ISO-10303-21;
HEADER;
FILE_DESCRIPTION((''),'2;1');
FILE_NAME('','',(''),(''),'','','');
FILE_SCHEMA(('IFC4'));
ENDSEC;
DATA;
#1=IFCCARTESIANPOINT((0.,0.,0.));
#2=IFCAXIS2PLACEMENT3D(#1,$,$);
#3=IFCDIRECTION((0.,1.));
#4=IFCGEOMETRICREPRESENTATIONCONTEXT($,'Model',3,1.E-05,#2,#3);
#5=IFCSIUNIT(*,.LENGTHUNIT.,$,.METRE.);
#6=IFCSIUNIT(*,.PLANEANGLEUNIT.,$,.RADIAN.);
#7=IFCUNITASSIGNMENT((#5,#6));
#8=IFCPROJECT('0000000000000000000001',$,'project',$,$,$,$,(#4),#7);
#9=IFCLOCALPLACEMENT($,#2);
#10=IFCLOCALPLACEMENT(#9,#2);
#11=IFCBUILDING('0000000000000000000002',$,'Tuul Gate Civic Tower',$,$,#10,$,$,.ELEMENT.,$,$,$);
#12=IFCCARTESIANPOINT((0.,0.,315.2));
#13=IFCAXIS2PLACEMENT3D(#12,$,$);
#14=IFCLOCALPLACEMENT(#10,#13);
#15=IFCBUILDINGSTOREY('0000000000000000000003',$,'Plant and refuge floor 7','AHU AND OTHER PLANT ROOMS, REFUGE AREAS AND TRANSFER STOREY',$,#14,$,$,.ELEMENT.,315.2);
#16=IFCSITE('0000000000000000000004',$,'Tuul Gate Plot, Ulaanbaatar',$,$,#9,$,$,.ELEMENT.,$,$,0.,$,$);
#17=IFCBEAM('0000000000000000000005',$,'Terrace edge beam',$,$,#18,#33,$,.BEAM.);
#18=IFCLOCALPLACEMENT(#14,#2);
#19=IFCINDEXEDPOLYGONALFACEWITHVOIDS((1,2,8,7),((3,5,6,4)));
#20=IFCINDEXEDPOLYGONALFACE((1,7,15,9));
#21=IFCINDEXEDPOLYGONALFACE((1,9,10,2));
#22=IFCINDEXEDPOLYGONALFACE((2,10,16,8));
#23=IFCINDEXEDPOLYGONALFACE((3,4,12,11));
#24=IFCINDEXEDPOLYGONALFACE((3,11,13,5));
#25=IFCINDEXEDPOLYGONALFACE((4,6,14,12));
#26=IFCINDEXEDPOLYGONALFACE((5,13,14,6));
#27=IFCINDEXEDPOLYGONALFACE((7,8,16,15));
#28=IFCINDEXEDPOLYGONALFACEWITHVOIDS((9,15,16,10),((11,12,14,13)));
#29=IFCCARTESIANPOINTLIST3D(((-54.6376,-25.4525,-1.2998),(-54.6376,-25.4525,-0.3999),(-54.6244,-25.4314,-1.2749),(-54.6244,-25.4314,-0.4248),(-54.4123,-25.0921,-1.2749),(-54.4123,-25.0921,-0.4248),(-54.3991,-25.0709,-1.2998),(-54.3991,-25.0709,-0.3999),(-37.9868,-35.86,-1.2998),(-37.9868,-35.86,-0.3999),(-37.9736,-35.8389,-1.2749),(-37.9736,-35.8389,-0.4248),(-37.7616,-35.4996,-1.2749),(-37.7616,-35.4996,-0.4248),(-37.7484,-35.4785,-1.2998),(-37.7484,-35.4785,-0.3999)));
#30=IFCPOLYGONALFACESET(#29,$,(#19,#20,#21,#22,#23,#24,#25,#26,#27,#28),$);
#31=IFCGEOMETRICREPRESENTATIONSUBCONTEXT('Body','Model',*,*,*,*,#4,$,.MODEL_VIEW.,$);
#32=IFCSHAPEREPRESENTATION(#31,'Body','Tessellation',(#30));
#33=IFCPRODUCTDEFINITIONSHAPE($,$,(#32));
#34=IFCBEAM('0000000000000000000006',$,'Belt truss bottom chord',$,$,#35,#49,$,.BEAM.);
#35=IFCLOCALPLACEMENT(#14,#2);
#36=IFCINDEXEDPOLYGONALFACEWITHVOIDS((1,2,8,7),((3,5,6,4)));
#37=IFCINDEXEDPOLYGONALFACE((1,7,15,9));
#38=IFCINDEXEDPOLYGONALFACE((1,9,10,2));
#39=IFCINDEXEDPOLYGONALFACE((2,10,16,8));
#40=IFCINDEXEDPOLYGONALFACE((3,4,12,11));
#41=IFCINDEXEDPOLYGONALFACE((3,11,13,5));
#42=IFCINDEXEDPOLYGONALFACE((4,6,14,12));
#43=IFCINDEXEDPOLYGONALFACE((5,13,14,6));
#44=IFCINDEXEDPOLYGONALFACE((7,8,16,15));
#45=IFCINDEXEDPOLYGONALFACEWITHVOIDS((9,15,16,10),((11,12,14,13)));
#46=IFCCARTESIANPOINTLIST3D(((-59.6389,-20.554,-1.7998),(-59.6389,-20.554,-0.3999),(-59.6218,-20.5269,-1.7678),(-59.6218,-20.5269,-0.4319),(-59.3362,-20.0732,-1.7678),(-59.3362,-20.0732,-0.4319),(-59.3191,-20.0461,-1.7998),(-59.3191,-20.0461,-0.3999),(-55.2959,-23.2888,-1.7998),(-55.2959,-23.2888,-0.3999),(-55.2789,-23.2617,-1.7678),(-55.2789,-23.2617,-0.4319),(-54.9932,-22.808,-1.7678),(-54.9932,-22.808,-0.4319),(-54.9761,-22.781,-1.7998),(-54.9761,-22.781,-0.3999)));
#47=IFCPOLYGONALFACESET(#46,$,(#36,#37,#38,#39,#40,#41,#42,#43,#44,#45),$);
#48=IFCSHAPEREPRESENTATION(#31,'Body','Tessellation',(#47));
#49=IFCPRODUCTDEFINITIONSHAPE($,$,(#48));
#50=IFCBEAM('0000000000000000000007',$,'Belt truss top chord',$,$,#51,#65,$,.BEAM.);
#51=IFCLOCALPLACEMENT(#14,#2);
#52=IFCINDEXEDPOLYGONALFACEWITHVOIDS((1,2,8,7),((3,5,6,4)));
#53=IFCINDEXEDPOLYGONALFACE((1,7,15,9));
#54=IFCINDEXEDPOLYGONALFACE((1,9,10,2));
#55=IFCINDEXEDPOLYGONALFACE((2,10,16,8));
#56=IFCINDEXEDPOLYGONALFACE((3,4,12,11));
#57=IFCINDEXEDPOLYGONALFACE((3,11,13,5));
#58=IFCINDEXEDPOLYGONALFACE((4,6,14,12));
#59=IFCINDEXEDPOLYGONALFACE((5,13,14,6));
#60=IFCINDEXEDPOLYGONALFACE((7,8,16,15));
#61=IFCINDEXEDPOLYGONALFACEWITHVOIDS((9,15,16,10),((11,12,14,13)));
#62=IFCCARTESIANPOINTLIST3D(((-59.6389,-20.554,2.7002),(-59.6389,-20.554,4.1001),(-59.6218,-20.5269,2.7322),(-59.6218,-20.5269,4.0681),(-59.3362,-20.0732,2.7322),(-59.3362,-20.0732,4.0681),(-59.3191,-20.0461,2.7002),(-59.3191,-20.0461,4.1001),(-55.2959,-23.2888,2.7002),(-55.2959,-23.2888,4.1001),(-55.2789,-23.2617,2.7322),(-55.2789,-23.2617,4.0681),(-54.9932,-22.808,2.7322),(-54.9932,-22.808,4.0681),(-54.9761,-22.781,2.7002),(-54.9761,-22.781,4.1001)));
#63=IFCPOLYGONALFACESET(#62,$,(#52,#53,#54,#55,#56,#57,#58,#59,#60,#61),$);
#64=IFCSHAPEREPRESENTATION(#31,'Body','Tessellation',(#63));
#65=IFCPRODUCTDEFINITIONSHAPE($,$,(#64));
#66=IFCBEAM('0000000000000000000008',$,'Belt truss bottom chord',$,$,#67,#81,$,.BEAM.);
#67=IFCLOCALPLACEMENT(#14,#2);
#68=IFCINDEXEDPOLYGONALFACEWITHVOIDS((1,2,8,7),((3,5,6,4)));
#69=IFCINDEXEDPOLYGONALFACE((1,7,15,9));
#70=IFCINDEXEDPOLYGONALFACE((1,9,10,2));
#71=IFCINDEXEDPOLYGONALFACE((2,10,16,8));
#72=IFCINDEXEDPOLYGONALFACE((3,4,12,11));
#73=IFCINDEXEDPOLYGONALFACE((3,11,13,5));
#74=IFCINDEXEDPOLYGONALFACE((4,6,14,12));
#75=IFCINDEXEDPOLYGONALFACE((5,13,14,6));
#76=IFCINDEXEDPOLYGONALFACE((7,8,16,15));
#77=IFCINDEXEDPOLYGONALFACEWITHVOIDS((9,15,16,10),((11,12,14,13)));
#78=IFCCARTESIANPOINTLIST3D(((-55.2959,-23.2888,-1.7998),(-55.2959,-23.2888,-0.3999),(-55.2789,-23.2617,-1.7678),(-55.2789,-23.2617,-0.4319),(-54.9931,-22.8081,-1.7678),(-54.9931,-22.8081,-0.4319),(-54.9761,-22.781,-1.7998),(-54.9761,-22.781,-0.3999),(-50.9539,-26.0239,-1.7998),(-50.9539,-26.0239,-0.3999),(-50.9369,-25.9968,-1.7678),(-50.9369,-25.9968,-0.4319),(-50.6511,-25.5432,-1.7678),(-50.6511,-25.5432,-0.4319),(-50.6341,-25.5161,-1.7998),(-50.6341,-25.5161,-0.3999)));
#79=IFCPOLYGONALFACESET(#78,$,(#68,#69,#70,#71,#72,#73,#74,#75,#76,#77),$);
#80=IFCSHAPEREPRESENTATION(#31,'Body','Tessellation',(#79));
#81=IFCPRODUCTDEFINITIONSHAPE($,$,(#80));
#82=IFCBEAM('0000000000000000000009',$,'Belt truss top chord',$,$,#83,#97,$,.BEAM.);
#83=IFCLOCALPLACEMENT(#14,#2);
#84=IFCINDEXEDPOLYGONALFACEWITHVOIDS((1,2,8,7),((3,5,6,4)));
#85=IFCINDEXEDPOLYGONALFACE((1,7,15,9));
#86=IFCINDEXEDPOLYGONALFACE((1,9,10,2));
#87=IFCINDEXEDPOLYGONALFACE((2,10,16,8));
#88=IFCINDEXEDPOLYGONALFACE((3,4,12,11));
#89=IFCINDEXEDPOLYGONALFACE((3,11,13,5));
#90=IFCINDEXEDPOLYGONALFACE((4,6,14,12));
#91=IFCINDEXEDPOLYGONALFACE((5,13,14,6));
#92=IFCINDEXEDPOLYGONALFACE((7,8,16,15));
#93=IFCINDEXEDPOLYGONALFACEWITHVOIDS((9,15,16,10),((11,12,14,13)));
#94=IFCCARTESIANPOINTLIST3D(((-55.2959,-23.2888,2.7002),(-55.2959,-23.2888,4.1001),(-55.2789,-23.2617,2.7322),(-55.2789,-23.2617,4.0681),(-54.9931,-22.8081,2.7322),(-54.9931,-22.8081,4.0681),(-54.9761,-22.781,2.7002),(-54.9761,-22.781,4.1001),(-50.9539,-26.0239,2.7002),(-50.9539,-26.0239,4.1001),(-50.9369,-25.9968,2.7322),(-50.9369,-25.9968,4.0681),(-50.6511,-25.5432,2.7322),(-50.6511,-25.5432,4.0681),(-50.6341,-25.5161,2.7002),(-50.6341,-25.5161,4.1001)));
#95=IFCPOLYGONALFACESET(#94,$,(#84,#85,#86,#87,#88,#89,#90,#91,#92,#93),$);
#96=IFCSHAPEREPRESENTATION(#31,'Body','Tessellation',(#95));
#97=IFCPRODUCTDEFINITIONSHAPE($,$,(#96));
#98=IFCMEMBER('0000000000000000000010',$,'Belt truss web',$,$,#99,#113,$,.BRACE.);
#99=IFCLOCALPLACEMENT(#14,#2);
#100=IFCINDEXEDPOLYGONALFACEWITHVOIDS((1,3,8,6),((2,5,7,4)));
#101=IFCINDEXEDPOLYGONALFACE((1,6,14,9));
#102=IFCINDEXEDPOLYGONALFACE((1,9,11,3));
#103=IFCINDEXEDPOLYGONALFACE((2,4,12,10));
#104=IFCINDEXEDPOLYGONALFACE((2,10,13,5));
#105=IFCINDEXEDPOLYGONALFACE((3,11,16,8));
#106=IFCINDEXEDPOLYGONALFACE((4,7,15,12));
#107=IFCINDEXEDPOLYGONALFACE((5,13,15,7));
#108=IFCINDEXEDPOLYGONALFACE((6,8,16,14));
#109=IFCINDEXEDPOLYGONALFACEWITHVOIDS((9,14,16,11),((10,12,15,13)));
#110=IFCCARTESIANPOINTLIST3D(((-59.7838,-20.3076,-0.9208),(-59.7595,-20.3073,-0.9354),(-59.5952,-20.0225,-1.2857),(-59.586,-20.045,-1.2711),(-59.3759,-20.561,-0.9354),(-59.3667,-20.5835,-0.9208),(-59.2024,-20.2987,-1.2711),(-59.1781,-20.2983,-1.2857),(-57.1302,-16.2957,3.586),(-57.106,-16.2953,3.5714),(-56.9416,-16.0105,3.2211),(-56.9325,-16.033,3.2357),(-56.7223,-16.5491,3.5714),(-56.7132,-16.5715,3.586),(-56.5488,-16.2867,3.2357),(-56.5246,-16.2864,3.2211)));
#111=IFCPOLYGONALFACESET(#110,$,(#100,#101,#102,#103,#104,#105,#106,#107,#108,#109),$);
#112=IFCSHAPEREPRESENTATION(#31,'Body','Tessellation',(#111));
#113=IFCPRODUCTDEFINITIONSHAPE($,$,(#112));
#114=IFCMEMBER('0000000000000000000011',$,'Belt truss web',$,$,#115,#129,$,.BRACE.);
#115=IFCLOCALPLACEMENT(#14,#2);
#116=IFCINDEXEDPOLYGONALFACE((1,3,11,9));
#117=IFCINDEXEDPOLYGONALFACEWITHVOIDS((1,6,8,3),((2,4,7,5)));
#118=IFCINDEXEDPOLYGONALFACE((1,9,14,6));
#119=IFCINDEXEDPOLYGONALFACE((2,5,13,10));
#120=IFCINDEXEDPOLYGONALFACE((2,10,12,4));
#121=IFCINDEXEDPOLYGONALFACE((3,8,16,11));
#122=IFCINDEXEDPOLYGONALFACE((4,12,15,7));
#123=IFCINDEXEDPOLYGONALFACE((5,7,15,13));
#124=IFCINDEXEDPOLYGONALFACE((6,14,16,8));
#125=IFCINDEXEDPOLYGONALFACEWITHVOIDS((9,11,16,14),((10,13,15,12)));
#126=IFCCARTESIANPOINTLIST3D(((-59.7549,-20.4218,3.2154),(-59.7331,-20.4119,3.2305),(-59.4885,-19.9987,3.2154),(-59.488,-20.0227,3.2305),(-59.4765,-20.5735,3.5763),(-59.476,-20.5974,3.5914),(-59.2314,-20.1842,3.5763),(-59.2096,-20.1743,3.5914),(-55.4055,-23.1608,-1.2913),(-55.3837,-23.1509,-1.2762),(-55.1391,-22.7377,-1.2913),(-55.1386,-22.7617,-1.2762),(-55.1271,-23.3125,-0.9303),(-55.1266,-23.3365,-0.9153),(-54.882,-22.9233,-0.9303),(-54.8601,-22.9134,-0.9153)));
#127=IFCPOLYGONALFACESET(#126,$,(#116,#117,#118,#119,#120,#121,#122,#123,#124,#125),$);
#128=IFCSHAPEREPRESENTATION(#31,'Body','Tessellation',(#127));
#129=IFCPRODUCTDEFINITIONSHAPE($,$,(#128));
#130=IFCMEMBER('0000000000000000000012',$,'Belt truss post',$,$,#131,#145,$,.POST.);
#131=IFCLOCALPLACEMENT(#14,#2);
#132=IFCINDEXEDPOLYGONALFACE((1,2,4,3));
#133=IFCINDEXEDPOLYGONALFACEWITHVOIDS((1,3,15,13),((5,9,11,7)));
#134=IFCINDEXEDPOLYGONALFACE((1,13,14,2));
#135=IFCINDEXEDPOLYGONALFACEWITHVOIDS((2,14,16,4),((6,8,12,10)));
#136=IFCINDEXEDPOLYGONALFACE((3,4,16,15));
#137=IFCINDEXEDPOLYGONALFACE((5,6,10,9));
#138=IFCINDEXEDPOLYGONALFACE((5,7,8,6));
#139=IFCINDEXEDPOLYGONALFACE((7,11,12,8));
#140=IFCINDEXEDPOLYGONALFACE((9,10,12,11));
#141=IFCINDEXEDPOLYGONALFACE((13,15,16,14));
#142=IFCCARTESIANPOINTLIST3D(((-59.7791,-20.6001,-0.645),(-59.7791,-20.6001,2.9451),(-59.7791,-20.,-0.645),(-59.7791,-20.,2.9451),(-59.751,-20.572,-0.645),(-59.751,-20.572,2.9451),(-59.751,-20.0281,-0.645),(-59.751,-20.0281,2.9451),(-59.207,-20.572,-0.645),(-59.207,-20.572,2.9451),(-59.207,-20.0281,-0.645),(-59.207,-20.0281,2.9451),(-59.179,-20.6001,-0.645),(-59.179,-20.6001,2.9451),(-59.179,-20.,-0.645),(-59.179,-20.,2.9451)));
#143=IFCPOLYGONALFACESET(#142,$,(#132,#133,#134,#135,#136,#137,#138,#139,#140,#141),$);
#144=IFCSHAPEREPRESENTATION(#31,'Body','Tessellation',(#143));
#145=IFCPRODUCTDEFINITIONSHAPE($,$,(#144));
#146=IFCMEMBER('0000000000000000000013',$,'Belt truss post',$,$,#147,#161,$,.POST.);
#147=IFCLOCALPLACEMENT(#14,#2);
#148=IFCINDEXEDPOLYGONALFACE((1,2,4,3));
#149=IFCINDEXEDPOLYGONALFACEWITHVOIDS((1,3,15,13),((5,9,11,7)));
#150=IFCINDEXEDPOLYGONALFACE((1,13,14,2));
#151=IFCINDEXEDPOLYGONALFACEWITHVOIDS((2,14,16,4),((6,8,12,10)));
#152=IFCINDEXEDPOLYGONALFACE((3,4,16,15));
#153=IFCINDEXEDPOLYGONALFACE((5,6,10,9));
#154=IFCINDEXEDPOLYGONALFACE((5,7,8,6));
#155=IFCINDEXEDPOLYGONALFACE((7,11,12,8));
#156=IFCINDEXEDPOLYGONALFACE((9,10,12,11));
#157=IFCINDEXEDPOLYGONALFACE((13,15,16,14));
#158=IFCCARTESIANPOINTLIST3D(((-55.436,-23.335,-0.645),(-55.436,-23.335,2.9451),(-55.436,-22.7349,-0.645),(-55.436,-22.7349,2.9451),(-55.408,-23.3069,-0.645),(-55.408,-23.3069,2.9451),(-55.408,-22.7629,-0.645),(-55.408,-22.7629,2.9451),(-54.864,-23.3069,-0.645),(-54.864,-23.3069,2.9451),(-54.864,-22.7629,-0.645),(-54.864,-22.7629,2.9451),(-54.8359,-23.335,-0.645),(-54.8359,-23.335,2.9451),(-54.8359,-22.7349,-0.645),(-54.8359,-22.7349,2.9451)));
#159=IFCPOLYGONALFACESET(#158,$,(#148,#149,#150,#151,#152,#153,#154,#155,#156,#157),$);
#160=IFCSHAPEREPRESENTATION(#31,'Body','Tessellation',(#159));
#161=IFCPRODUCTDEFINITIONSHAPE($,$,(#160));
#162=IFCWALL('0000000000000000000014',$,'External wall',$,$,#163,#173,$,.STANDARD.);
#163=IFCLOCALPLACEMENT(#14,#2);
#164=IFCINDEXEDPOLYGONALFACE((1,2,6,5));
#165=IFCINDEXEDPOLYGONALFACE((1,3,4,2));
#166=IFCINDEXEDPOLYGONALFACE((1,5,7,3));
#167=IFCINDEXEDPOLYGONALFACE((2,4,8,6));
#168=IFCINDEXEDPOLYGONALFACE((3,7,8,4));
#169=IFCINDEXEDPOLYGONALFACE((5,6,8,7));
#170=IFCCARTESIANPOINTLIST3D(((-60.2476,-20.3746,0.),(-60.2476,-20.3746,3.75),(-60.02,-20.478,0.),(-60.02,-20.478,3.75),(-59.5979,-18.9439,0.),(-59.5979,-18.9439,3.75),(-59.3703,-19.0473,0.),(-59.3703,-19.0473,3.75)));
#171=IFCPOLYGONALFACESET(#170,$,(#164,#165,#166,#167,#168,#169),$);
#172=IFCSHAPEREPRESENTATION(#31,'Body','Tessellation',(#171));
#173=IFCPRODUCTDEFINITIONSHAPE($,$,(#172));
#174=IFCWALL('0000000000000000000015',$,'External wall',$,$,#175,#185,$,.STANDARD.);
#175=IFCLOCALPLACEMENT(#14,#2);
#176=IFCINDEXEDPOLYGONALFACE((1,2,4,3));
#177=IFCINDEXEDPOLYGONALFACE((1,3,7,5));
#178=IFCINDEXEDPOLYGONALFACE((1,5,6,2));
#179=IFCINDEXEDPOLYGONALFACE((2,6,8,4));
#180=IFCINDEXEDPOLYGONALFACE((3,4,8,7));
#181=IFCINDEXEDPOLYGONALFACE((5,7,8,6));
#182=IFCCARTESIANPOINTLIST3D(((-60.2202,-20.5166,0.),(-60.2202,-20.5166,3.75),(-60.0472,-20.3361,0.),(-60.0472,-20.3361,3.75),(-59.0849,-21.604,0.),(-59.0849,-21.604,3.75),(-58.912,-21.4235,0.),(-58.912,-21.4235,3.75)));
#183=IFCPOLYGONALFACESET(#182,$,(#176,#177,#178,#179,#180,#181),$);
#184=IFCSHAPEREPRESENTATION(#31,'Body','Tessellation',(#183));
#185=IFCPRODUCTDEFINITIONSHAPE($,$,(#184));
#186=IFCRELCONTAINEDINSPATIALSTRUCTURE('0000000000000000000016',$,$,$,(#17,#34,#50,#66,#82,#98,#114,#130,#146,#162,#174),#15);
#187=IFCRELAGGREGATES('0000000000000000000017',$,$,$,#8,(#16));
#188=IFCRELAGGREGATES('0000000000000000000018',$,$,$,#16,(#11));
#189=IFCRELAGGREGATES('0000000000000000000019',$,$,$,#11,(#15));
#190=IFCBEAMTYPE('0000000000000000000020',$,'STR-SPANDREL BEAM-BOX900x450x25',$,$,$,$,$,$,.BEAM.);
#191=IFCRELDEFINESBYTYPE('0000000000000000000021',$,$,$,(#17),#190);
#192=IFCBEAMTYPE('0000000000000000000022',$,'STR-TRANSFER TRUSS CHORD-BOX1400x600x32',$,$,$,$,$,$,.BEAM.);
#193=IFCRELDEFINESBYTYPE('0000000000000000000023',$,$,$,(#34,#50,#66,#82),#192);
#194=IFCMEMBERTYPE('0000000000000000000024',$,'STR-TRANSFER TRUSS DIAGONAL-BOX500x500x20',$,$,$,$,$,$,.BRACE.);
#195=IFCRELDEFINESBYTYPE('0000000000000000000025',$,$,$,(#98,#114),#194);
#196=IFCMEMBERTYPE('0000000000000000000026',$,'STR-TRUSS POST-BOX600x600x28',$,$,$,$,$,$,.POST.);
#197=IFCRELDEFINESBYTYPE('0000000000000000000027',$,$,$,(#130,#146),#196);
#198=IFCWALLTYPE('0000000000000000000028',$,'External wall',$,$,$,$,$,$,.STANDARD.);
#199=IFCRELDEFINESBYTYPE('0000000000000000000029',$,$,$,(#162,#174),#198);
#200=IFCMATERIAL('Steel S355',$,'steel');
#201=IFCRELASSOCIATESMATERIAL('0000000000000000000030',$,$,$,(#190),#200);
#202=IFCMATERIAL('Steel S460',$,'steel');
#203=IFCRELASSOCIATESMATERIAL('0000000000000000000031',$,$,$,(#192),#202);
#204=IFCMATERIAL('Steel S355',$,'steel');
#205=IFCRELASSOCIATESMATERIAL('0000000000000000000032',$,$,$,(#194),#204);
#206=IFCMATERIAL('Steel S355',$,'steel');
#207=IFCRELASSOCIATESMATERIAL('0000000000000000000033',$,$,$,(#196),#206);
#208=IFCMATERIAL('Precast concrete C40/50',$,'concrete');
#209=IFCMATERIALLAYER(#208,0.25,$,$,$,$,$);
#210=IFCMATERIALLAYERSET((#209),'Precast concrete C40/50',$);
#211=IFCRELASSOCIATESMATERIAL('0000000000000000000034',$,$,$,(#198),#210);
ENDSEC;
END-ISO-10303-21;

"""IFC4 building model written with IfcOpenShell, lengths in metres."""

from ifc_helpers import new_model, si_unit, direction, frame, frame_2d, origin, origin_2d, place, context, subcontext, project, spatial, rectangle, hollow_rectangle, extrude, material, layer, layer_set, material_profile, profile_set, type_object, element, save


model = new_model("IFC4")

# Units and contexts
model_context = context("Model", 3, precision=1e-05, world=origin(), true_north=direction((0.0, 1.0)))
body_context = subcontext(model_context, "Body", "Model", "MODEL_VIEW")
ifc_project = project(units=[si_unit("LENGTHUNIT", "METRE"), si_unit("PLANEANGLEUNIT", "RADIAN")], contexts=[model_context])

# Site, building, storey
site_placement = place(None, origin())
site = spatial("IfcSite", under=ifc_project, at=site_placement, Name="Tuul Gate Plot, Ulaanbaatar", CompositionType="ELEMENT", RefElevation=0.0)
building_placement = place(site_placement, origin())
building = spatial("IfcBuilding", under=site, at=building_placement, Name="Tuul Gate Civic Tower", CompositionType="ELEMENT")
storey_placement = place(building_placement, frame((0.0, 0.0, 315.2)))
storey = spatial("IfcBuildingStorey", under=building, at=storey_placement, Name="Plant and refuge floor 7", Description="AHU AND OTHER PLANT ROOMS, REFUGE AREAS AND TRANSFER STOREY", CompositionType="ELEMENT", Elevation=315.2)

# Beams
ifc_material_1 = material(Name="Steel S355", Category="steel")
ifc_material_profile_1 = material_profile(ifc_material_1, hollow_rectangle(XDim=0.45, YDim=0.8999, WallThickness=0.0249, at=origin_2d()), Name="BOX900x450x25")
ifc_profile_set_1 = profile_set([ifc_material_profile_1], Name="Steel S355")
beam_type_1 = type_object("IfcBeamType", Name="STR-SPANDREL BEAM-BOX900x450x25", PredefinedType="BEAM", material=ifc_profile_set_1)
beam_placement = place(storey_placement, frame((-54.5183, -25.2617, -0.8499), z_axis=(0.847979, -0.530029, 0.0), x_axis=(0.530029, 0.847979, 0.0)))
element("IfcBeam", 1, at=beam_placement, inside=storey, type_object=beam_type_1, Name="Terrace edge beam", PredefinedType="BEAM", context=body_context, shape_type="SweptSolid", body=[
    extrude(hollow_rectangle(XDim=0.45, YDim=0.8999, WallThickness=0.0249, at=origin_2d()), origin(), (0.0, 0.0, 1.0), 19.6357),
])
ifc_material_2 = material(Name="Steel S460", Category="steel")
ifc_material_profile_2 = material_profile(ifc_material_2, hollow_rectangle(XDim=0.6001, YDim=1.3999, WallThickness=0.032, at=origin_2d()), Name="BOX1400x600x32")
ifc_profile_set_2 = profile_set([ifc_material_profile_2], Name="Steel S460")
beam_type_2 = type_object("IfcBeamType", Name="STR-TRANSFER TRUSS CHORD-BOX1400x600x32", PredefinedType="BEAM", material=ifc_profile_set_2)
for number, where, z_axis, x_axis, name in (
    (2, (-59.479, -20.3, -1.0999), (0.8462, -0.532865, 0.0), (0.532865, 0.8462, 0.0), "Belt truss bottom chord"),
    (3, (-59.479, -20.3, 3.4001), (0.8462, -0.532865, 0.0), (0.532865, 0.8462, 0.0), "Belt truss top chord"),
):
    element("IfcBeam", number, at=place(storey_placement, frame(where, z_axis=z_axis, x_axis=x_axis)), inside=storey, type_object=beam_type_2, Name=name, PredefinedType="BEAM", context=body_context, shape_type="SweptSolid", body=[
        extrude(hollow_rectangle(XDim=0.6001, YDim=1.3999, WallThickness=0.032, at=origin_2d()), origin(), (0.0, 0.0, 1.0), 5.1323),
    ])
for number, where, z_axis, x_axis, name in (
    (4, (-55.136, -23.0349, -1.0999), (0.846125, -0.532985, 0.0), (0.532985, 0.846125, 0.0), "Belt truss bottom chord"),
    (5, (-55.136, -23.0349, 3.4001), (0.846125, -0.532985, 0.0), (0.532985, 0.846125, 0.0), "Belt truss top chord"),
):
    element("IfcBeam", number, at=place(storey_placement, frame(where, z_axis=z_axis, x_axis=x_axis)), inside=storey, type_object=beam_type_2, Name=name, PredefinedType="BEAM", context=body_context, shape_type="SweptSolid", body=[
        extrude(hollow_rectangle(XDim=0.6001, YDim=1.3999, WallThickness=0.032, at=origin_2d()), origin(), (0.0, 0.0, 1.0), 5.1316),
    ])

# Members
ifc_material_3 = material(Name="Steel S355", Category="steel")
ifc_material_profile_3 = material_profile(ifc_material_3, hollow_rectangle(XDim=0.5, YDim=0.5, WallThickness=0.02, at=origin_2d()), Name="BOX500x500x20")
ifc_profile_set_3 = profile_set([ifc_material_profile_3], Name="Steel S355")
member_type_1 = type_object("IfcMemberType", Name="STR-TRANSFER TRUSS DIAGONAL-BOX500x500x20", PredefinedType="BRACE", material=ifc_profile_set_3)
member_1_placement = place(storey_placement, frame((-59.481, -20.303, -1.1033), z_axis=(0.402569, 0.60865, 0.683727), x_axis=(-0.834067, 0.551663, 0.0)))
element("IfcMember", 6, at=member_1_placement, inside=storey, type_object=member_type_1, Name="Belt truss web", PredefinedType="BRACE", context=body_context, shape_type="SweptSolid", body=[
    extrude(hollow_rectangle(XDim=0.5, YDim=0.5, WallThickness=0.02, at=origin_2d()), origin(), (0.0, 0.0, 1.0), 6.5916),
])
member_2_placement = place(storey_placement, frame((-55.1328, -23.0371, -1.1033), z_axis=(-0.63626, 0.400685, 0.659261), x_axis=(-0.532886, -0.846187, 0.0)))
element("IfcMember", 7, at=member_2_placement, inside=storey, type_object=member_type_1, Name="Belt truss web", PredefinedType="BRACE", context=body_context, shape_type="SweptSolid", body=[
    extrude(hollow_rectangle(XDim=0.5, YDim=0.5, WallThickness=0.02, at=origin_2d()), origin(), (0.0, 0.0, 1.0), 6.8359),
])
ifc_material_4 = material(Name="Steel S355", Category="steel")
ifc_material_profile_4 = material_profile(ifc_material_4, hollow_rectangle(XDim=0.6001, YDim=0.6001, WallThickness=0.0281, at=origin_2d()), Name="BOX600x600x28")
ifc_profile_set_4 = profile_set([ifc_material_profile_4], Name="Steel S355")
member_type_2 = type_object("IfcMemberType", Name="STR-TRUSS POST-BOX600x600x28", PredefinedType="POST", material=ifc_profile_set_4)
for number, where, z_axis, x_axis, name in (
    (8, (-59.479, -20.3, -0.645), (0.0, 0.0, 1.0), (1.0, 0.0, 0.0), "Belt truss post"),
    (9, (-55.136, -23.0349, -0.645), (0.0, 0.0, 1.0), (1.0, 0.0, 0.0), "Belt truss post"),
):
    element("IfcMember", number, at=place(storey_placement, frame(where, z_axis=z_axis, x_axis=x_axis)), inside=storey, type_object=member_type_2, Name=name, PredefinedType="POST", context=body_context, shape_type="SweptSolid", body=[
        extrude(hollow_rectangle(XDim=0.6001, YDim=0.6001, WallThickness=0.0281, at=origin_2d()), origin(), (0.0, 0.0, 1.0), 3.5901),
    ])

# Walls
ifc_material_5 = material(Name="Precast concrete C40/50", Category="concrete")
ifc_layer = layer(ifc_material_5, 0.25)
ifc_layer_set = layer_set([ifc_layer], Name="Precast concrete C40/50")
wall_type = type_object("IfcWallType", Name="External wall", PredefinedType="STANDARD", material=ifc_layer_set)
wall_1_placement = place(storey_placement, frame((-59.4841, -18.9956, 0.0), z_axis=(0.0, 0.0, 1.0), x_axis=(-0.413463, -0.910521, 0.0)))
element("IfcWall", 10, at=wall_1_placement, inside=storey, type_object=wall_type, Name="External wall", PredefinedType="STANDARD", context=body_context, shape_type="SweptSolid", body=[
    extrude(rectangle(XDim=1.5713, YDim=0.25, at=frame_2d((0.7856, 0.0))), origin(), (0.0, 0.0, 1.0), 3.75),
])
wall_2_placement = place(storey_placement, frame((-60.1338, -20.4263, 0.0), z_axis=(0.0, 0.0, 1.0), x_axis=(0.722163, -0.691723, 0.0)))
element("IfcWall", 11, at=wall_2_placement, inside=storey, type_object=wall_type, Name="External wall", PredefinedType="STANDARD", context=body_context, shape_type="SweptSolid", body=[
    extrude(rectangle(XDim=1.572, YDim=0.25, at=frame_2d((0.7861, 0.0))), origin(), (0.0, 0.0, 1.0), 3.75),
])

save(model, "model.ifc")
